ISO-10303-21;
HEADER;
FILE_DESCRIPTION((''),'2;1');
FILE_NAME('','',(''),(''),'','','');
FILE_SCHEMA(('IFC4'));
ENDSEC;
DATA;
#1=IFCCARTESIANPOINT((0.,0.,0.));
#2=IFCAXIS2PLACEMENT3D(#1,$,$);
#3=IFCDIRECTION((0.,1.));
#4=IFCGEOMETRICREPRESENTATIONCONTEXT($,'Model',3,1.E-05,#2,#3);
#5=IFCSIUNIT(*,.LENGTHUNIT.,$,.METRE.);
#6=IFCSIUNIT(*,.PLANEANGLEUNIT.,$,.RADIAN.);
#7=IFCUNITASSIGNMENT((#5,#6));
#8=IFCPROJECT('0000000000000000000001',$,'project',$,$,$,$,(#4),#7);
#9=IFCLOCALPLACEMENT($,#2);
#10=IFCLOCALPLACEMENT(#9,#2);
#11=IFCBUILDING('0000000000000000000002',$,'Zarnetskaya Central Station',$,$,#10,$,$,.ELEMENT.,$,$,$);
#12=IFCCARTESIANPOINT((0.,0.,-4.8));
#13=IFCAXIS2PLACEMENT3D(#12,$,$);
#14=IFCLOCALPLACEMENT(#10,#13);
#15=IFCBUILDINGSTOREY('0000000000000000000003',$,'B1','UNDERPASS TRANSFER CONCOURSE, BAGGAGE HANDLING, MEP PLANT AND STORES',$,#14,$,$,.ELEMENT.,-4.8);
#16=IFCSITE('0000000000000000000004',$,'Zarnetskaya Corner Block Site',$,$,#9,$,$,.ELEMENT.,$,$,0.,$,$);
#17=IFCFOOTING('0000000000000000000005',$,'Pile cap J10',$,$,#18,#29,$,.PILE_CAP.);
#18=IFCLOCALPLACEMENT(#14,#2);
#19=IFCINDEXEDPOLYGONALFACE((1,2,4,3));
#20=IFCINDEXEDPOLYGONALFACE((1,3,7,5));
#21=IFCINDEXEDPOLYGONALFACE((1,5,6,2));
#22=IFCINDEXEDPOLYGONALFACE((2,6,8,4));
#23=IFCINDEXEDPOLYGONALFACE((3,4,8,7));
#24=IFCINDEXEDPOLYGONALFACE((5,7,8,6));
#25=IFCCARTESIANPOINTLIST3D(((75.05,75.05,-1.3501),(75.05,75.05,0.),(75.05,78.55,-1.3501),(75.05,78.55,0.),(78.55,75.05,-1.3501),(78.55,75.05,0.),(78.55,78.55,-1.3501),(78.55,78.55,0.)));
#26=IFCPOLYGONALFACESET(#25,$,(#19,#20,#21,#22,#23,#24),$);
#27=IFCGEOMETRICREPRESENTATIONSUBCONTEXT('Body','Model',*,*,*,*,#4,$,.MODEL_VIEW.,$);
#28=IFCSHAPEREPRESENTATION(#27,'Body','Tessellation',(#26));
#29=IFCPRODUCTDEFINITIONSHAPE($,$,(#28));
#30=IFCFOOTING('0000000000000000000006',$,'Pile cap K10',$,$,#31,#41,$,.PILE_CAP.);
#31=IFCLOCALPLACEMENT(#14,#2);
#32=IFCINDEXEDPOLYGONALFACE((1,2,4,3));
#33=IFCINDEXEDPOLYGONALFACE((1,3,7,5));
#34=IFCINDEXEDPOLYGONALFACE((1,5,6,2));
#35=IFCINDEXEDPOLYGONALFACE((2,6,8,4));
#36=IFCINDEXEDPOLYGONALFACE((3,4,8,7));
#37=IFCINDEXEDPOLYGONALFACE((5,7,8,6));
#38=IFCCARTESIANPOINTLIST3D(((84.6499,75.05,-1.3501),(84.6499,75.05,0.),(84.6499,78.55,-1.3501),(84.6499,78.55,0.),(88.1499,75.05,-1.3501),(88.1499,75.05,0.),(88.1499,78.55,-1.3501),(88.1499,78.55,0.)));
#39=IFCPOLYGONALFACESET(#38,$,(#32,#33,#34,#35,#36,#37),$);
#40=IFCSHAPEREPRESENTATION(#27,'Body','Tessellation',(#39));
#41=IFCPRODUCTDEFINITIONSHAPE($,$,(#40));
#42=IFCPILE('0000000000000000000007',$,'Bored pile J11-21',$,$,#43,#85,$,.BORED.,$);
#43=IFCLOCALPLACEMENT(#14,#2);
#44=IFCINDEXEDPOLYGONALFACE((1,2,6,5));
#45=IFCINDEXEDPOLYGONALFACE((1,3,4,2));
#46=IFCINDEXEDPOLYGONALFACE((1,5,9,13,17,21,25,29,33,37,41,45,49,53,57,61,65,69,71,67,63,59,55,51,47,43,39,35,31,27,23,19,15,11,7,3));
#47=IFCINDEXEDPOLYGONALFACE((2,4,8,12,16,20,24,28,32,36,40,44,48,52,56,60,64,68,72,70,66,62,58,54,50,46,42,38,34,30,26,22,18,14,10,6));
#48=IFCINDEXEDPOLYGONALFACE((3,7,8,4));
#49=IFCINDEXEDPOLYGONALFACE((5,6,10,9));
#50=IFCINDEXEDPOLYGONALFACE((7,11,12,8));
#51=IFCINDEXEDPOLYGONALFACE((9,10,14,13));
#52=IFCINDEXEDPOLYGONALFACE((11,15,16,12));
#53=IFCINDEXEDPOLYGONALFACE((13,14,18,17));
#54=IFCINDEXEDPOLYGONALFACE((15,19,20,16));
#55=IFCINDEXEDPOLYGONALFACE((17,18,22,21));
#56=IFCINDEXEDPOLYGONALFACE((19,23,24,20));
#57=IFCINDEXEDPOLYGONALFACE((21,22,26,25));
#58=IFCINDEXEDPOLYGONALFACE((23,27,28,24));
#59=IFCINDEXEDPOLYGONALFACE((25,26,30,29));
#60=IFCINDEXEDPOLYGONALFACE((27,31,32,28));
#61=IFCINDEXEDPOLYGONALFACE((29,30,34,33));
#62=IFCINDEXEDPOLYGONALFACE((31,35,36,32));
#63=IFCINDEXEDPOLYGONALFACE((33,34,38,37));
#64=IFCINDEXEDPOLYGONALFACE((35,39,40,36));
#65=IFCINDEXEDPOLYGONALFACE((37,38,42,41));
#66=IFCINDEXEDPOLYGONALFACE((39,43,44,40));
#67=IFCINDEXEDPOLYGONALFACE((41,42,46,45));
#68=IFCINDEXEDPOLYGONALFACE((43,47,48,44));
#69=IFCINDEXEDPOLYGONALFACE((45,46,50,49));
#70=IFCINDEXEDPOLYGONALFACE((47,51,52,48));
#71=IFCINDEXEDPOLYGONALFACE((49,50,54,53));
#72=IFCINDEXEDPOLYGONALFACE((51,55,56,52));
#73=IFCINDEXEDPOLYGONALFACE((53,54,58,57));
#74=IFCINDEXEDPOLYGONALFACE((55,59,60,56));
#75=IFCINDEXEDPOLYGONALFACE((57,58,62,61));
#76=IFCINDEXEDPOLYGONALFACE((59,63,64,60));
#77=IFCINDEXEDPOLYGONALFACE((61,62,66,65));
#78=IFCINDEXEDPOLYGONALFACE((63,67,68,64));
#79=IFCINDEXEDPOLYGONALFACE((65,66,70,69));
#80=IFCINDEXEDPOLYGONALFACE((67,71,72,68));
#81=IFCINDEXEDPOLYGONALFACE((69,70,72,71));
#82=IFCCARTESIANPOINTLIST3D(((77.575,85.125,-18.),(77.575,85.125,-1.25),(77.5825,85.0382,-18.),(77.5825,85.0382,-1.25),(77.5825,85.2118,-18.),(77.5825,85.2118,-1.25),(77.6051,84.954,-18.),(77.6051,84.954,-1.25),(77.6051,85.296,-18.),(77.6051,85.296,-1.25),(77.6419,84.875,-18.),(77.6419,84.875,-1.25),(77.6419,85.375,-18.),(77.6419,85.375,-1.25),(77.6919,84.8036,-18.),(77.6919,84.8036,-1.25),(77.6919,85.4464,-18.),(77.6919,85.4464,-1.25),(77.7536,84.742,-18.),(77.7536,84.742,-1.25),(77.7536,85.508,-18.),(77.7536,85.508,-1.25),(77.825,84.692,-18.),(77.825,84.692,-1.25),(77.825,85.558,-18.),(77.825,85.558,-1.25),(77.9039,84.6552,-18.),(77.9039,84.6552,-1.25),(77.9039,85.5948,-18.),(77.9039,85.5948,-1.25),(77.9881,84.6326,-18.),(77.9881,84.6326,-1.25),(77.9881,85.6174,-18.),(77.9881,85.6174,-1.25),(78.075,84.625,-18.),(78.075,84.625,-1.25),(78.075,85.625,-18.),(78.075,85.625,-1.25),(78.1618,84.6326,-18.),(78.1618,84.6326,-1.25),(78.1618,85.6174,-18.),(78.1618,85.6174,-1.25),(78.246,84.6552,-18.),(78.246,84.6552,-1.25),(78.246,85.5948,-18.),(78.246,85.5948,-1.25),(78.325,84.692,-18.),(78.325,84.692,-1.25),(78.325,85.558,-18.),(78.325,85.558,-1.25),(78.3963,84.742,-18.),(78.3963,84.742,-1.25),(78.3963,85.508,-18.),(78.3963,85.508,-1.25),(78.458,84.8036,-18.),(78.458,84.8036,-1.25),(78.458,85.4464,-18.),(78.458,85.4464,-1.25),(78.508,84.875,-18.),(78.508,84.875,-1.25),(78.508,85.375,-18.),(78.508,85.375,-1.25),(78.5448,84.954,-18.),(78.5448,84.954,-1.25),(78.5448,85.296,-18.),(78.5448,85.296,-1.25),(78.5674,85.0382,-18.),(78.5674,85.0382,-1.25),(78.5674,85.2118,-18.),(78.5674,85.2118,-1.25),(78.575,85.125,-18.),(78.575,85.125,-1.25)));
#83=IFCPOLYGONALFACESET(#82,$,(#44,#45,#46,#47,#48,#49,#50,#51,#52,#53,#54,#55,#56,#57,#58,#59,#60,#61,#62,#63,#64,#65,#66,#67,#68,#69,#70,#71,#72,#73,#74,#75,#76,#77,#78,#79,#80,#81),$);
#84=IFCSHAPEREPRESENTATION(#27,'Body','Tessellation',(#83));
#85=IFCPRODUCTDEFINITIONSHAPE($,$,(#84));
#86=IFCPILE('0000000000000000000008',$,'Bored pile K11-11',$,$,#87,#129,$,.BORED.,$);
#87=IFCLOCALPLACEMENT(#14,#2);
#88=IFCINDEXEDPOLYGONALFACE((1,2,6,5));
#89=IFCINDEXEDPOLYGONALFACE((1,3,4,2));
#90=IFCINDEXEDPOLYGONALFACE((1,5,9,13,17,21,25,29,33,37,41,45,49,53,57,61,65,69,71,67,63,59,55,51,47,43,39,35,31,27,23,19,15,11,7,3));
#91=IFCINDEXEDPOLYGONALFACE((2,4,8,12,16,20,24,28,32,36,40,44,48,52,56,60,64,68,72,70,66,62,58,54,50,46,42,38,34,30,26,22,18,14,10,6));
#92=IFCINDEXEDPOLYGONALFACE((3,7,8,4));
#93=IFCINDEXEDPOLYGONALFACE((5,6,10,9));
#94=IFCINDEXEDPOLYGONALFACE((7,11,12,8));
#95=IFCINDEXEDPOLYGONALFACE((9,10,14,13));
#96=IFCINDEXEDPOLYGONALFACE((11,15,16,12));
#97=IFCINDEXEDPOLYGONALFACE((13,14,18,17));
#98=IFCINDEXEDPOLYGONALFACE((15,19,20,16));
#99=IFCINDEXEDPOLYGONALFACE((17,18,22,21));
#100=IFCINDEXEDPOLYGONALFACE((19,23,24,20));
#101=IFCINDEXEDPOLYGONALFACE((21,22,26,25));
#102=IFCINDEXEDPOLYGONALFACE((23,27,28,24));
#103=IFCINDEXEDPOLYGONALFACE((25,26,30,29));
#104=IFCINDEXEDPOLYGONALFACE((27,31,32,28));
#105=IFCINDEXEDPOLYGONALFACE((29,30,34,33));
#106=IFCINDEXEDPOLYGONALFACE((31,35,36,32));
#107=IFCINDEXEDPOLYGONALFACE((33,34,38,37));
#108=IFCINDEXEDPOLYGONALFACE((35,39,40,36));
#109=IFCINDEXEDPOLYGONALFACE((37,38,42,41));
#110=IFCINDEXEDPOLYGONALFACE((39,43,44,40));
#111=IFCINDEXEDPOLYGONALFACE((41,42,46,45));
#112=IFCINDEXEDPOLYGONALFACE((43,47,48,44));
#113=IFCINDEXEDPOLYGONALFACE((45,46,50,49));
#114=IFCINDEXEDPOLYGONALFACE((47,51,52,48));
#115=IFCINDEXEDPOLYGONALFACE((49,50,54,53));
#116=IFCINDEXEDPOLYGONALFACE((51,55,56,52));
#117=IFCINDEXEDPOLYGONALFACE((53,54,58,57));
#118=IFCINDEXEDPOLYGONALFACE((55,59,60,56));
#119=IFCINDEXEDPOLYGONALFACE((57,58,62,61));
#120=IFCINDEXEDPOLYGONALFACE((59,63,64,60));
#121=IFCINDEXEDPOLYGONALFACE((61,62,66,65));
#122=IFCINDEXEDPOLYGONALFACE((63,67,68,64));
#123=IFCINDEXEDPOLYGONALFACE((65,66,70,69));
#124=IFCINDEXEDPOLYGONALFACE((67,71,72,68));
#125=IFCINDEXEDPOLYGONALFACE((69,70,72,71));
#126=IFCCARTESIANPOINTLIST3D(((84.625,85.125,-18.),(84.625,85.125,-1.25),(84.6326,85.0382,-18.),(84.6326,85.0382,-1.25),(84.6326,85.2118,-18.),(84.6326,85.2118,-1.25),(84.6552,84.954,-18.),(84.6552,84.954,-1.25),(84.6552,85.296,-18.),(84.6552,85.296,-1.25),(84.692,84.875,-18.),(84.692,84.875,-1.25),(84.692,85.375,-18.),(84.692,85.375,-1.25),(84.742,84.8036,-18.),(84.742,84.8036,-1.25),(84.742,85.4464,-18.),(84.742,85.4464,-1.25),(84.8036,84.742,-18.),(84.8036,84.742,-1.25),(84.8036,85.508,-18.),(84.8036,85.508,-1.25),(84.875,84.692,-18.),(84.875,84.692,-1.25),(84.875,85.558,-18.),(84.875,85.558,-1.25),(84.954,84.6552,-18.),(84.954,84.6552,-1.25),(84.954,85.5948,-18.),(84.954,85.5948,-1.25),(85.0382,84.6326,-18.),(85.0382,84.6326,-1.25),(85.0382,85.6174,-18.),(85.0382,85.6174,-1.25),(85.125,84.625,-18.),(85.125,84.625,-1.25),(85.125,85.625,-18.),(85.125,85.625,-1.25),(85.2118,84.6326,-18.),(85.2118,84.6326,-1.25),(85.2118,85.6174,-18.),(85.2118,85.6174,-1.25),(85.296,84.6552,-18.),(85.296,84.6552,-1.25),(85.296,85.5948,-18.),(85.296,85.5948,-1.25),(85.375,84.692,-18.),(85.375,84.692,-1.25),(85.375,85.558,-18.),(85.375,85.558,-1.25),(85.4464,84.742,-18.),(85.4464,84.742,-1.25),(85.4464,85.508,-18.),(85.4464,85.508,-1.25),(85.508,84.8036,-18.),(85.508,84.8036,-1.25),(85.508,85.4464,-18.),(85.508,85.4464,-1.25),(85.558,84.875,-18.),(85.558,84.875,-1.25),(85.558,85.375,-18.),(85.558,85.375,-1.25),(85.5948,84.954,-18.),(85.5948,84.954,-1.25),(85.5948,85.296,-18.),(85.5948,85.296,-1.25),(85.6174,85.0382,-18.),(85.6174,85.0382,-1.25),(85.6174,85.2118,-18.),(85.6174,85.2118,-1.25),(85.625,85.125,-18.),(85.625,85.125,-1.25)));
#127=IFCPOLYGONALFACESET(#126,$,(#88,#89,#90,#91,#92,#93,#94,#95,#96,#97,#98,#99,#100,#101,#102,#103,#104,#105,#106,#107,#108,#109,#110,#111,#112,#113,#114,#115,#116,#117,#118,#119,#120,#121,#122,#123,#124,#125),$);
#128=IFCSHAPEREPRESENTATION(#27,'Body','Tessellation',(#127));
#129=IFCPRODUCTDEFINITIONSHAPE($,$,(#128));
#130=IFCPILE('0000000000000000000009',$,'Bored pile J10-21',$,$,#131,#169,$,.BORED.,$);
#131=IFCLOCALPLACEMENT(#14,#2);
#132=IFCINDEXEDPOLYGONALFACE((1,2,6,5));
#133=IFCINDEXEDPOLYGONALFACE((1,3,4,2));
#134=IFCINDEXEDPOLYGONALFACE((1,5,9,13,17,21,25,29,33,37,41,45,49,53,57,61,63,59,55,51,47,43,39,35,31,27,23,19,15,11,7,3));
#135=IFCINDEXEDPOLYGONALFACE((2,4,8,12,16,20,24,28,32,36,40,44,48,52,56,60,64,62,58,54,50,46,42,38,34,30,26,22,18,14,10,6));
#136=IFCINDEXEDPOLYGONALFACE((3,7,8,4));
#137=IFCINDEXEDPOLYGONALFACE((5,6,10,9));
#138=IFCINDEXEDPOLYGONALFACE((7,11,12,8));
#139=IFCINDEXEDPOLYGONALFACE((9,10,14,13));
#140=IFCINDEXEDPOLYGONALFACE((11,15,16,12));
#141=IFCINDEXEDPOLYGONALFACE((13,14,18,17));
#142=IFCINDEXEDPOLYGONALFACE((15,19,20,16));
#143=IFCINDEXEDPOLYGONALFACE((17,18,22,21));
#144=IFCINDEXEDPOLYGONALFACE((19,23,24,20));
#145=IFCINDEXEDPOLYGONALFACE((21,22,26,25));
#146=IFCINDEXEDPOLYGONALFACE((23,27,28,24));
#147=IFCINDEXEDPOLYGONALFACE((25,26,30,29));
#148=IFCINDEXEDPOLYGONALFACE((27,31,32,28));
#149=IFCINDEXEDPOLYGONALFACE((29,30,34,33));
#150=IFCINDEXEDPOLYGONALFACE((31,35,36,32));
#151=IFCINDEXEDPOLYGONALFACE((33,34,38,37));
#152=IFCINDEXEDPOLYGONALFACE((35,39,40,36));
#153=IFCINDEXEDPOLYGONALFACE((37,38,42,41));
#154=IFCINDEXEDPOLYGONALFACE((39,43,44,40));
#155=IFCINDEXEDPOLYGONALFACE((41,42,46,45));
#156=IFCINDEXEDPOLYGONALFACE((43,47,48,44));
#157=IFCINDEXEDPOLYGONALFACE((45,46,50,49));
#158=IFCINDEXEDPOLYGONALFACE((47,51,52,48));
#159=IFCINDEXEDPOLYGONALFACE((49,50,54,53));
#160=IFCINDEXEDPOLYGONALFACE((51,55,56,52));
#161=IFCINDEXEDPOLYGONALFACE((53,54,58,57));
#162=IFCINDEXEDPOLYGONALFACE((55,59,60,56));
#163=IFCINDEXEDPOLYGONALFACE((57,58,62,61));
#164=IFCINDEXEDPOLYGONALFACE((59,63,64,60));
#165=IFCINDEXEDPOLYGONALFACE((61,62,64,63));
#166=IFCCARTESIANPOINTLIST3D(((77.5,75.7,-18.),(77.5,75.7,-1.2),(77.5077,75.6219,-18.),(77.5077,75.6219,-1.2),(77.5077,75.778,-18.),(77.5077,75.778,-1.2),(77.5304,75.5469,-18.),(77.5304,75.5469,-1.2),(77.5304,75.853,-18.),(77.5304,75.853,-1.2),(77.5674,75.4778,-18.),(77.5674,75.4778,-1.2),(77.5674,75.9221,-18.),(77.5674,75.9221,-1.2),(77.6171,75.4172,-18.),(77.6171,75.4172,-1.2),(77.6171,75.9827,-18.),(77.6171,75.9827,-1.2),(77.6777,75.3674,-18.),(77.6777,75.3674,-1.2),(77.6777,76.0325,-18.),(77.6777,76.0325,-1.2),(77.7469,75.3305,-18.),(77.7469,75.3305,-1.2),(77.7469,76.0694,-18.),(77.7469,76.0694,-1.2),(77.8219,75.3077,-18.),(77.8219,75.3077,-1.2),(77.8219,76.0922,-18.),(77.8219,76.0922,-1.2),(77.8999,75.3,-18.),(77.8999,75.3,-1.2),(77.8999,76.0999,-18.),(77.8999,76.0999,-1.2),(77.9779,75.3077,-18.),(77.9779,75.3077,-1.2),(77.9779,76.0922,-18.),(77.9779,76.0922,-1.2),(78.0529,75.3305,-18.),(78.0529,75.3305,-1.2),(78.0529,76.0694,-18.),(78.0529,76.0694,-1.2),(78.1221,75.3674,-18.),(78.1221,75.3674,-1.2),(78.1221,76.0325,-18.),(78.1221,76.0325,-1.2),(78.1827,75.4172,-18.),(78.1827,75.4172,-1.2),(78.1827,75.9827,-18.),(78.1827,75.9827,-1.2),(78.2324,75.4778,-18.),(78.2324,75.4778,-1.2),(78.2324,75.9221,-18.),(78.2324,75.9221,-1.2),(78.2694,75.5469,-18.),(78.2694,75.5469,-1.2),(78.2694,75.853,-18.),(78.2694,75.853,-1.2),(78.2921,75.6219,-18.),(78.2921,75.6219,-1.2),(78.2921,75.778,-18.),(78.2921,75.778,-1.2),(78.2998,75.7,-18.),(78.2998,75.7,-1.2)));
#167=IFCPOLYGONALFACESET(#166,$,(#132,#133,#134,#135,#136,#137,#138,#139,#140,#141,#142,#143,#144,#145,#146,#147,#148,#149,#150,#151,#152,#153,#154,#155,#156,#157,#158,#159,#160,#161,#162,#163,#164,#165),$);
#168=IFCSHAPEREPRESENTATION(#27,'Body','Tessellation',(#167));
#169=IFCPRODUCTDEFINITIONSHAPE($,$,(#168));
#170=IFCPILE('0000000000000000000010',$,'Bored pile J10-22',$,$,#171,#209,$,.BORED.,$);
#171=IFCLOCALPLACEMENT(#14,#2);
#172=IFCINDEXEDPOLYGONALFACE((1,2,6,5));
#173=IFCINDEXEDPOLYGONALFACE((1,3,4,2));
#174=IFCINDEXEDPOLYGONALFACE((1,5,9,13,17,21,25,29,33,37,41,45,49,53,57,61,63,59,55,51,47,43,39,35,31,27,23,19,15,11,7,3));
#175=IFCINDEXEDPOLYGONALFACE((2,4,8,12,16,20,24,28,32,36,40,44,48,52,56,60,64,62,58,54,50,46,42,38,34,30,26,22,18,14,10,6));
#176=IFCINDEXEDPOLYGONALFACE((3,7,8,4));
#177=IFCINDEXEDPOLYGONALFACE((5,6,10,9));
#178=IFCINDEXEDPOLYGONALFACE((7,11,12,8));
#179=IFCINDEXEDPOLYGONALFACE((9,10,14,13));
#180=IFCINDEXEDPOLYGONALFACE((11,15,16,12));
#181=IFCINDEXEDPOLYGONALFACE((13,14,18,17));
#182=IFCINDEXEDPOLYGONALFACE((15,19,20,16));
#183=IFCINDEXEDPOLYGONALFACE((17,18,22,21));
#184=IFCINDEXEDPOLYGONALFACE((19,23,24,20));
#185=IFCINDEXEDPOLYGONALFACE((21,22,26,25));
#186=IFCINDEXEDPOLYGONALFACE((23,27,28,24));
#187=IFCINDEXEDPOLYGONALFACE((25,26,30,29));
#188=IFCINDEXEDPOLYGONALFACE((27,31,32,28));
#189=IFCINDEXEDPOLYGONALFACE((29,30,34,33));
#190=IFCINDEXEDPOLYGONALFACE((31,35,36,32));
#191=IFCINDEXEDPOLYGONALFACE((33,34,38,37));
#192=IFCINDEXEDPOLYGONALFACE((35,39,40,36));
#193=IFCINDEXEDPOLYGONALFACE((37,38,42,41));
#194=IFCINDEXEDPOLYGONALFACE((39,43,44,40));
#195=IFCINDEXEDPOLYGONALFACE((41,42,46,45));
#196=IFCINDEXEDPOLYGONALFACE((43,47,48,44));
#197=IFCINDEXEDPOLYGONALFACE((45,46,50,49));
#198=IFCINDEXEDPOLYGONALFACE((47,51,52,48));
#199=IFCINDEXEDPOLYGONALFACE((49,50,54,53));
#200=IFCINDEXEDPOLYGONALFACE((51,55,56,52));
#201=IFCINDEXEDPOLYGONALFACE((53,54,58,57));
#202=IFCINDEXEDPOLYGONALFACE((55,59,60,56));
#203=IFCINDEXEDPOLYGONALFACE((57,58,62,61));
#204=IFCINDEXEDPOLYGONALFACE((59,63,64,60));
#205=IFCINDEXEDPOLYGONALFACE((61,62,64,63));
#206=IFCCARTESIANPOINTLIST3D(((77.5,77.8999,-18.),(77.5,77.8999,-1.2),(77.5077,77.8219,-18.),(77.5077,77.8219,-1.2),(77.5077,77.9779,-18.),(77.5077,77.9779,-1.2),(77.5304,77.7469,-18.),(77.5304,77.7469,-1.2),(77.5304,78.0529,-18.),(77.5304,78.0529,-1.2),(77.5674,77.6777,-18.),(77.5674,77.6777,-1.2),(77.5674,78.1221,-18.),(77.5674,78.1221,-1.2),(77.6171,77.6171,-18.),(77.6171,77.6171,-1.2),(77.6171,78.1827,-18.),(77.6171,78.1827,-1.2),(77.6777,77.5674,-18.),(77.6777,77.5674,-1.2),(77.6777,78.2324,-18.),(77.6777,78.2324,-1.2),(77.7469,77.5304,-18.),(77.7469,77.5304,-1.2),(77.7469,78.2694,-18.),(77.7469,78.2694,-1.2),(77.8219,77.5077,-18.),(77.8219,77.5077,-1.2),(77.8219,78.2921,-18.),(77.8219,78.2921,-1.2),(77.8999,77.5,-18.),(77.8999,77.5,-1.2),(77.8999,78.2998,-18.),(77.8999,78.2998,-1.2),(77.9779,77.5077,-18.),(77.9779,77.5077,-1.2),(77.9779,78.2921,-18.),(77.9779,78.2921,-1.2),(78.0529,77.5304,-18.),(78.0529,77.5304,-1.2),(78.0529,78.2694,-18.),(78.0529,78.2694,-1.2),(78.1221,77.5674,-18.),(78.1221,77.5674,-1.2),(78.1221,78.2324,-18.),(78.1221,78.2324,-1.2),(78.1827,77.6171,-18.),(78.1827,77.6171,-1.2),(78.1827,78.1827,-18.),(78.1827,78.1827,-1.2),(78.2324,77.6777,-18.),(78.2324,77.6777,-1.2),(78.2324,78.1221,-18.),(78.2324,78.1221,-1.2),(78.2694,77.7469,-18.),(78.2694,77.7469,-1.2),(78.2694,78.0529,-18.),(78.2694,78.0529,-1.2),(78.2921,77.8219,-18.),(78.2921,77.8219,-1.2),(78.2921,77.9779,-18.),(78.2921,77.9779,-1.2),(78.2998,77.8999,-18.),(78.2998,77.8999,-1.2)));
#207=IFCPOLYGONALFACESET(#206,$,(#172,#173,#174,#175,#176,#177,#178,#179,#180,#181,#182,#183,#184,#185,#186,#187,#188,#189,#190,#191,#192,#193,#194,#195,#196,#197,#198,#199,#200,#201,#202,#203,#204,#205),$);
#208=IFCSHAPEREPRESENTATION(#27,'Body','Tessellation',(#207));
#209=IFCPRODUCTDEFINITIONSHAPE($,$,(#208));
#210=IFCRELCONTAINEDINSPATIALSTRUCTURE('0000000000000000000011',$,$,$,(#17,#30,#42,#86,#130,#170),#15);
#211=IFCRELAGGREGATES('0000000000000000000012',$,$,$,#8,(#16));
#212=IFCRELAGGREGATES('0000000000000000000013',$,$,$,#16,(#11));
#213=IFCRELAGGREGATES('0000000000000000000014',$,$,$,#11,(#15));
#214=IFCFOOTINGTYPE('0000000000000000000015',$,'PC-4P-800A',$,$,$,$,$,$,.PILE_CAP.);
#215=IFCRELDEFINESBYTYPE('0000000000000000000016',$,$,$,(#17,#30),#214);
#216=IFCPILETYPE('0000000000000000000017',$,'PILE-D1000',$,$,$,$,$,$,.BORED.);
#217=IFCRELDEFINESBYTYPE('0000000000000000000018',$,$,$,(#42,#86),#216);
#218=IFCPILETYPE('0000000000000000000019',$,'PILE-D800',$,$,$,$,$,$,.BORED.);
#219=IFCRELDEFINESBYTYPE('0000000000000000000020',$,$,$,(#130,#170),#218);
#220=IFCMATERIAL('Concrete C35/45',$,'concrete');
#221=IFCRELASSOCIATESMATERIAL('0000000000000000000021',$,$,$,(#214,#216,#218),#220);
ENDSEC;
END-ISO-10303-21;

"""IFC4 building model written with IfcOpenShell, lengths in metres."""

from ifc_helpers import new_model, si_unit, direction, frame, origin, origin_2d, place, context, subcontext, project, spatial, rectangle, circle, extrude, material, material_profile, profile_set, type_object, element, save


model = new_model("IFC4")

# Units and contexts
model_context = context("Model", 3, precision=1e-05, world=origin(), true_north=direction((0.0, 1.0)))
body_context = subcontext(model_context, "Body", "Model", "MODEL_VIEW")
ifc_project = project(units=[si_unit("LENGTHUNIT", "METRE"), si_unit("PLANEANGLEUNIT", "RADIAN")], contexts=[model_context])

# Site, building, storey
site_placement = place(None, origin())
site = spatial("IfcSite", under=ifc_project, at=site_placement, Name="Zarnetskaya Corner Block Site", CompositionType="ELEMENT", RefElevation=0.0)
building_placement = place(site_placement, origin())
building = spatial("IfcBuilding", under=site, at=building_placement, Name="Zarnetskaya Central Station", CompositionType="ELEMENT")
storey_placement = place(building_placement, frame((0.0, 0.0, -4.8)))
storey = spatial("IfcBuildingStorey", under=building, at=storey_placement, Name="B1", Description="UNDERPASS TRANSFER CONCOURSE, BAGGAGE HANDLING, MEP PLANT AND STORES", CompositionType="ELEMENT", Elevation=-4.8)

# Footings
ifc_material = material(Name="Concrete C35/45", Category="concrete")
footing_type = type_object("IfcFootingType", Name="PC-4P-800A", PredefinedType="PILE_CAP", material=ifc_material)
for number, where, z_axis, x_axis, name in (
    (1, (76.8, 76.8, -1.3501), (0.0, 0.0, 1.0), (1.0, 0.0, 0.0), "Pile cap J10"),
    (2, (86.3999, 76.8, -1.3501), (0.0, 0.0, 1.0), (1.0, 0.0, 0.0), "Pile cap K10"),
):
    element("IfcFooting", number, at=place(storey_placement, frame(where, z_axis=z_axis, x_axis=x_axis)), inside=storey, type_object=footing_type, Name=name, PredefinedType="PILE_CAP", context=body_context, shape_type="SweptSolid", body=[
        extrude(rectangle(XDim=3.5, YDim=3.5, at=origin_2d()), origin(), (0.0, 0.0, 1.0), 1.3501),
    ])

# Piles
ifc_material_profile_1 = material_profile(ifc_material, circle(Radius=0.5, at=origin_2d()), Name="BORED PILE D1000")
ifc_profile_set_1 = profile_set([ifc_material_profile_1], Name="Concrete C35/45")
pile_type_1 = type_object("IfcPileType", Name="PILE-D1000", PredefinedType="BORED", material=ifc_profile_set_1)
for number, where, z_axis, x_axis, name in (
    (3, (78.075, 85.125, -1.25), (0.0, 0.0, -1.0), (1.0, 0.0, 0.0), "Bored pile J11-21"),
    (4, (85.125, 85.125, -1.25), (0.0, 0.0, -1.0), (1.0, 0.0, 0.0), "Bored pile K11-11"),
):
    element("IfcPile", number, at=place(storey_placement, frame(where, z_axis=z_axis, x_axis=x_axis)), inside=storey, type_object=pile_type_1, Name=name, PredefinedType="BORED", context=body_context, shape_type="SweptSolid", body=[
        extrude(circle(Radius=0.5, at=origin_2d()), origin(), (0.0, 0.0, 1.0), 16.75),
    ])
ifc_material_profile_2 = material_profile(ifc_material, circle(Radius=0.3999, at=origin_2d()), Name="BORED PILE D800")
ifc_profile_set_2 = profile_set([ifc_material_profile_2], Name="Concrete C35/45")
pile_type_2 = type_object("IfcPileType", Name="PILE-D800", PredefinedType="BORED", material=ifc_profile_set_2)
for number, where, z_axis, x_axis, name in (
    (5, (77.8999, 75.7, -1.2), (0.0, 0.0, -1.0), (1.0, 0.0, 0.0), "Bored pile J10-21"),
    (6, (77.8999, 77.8999, -1.2), (0.0, 0.0, -1.0), (1.0, 0.0, 0.0), "Bored pile J10-22"),
):
    element("IfcPile", number, at=place(storey_placement, frame(where, z_axis=z_axis, x_axis=x_axis)), inside=storey, type_object=pile_type_2, Name=name, PredefinedType="BORED", context=body_context, shape_type="SweptSolid", body=[
        extrude(circle(Radius=0.3999, at=origin_2d()), origin(), (0.0, 0.0, 1.0), 16.8),
    ])

save(model, "model.ifc")
